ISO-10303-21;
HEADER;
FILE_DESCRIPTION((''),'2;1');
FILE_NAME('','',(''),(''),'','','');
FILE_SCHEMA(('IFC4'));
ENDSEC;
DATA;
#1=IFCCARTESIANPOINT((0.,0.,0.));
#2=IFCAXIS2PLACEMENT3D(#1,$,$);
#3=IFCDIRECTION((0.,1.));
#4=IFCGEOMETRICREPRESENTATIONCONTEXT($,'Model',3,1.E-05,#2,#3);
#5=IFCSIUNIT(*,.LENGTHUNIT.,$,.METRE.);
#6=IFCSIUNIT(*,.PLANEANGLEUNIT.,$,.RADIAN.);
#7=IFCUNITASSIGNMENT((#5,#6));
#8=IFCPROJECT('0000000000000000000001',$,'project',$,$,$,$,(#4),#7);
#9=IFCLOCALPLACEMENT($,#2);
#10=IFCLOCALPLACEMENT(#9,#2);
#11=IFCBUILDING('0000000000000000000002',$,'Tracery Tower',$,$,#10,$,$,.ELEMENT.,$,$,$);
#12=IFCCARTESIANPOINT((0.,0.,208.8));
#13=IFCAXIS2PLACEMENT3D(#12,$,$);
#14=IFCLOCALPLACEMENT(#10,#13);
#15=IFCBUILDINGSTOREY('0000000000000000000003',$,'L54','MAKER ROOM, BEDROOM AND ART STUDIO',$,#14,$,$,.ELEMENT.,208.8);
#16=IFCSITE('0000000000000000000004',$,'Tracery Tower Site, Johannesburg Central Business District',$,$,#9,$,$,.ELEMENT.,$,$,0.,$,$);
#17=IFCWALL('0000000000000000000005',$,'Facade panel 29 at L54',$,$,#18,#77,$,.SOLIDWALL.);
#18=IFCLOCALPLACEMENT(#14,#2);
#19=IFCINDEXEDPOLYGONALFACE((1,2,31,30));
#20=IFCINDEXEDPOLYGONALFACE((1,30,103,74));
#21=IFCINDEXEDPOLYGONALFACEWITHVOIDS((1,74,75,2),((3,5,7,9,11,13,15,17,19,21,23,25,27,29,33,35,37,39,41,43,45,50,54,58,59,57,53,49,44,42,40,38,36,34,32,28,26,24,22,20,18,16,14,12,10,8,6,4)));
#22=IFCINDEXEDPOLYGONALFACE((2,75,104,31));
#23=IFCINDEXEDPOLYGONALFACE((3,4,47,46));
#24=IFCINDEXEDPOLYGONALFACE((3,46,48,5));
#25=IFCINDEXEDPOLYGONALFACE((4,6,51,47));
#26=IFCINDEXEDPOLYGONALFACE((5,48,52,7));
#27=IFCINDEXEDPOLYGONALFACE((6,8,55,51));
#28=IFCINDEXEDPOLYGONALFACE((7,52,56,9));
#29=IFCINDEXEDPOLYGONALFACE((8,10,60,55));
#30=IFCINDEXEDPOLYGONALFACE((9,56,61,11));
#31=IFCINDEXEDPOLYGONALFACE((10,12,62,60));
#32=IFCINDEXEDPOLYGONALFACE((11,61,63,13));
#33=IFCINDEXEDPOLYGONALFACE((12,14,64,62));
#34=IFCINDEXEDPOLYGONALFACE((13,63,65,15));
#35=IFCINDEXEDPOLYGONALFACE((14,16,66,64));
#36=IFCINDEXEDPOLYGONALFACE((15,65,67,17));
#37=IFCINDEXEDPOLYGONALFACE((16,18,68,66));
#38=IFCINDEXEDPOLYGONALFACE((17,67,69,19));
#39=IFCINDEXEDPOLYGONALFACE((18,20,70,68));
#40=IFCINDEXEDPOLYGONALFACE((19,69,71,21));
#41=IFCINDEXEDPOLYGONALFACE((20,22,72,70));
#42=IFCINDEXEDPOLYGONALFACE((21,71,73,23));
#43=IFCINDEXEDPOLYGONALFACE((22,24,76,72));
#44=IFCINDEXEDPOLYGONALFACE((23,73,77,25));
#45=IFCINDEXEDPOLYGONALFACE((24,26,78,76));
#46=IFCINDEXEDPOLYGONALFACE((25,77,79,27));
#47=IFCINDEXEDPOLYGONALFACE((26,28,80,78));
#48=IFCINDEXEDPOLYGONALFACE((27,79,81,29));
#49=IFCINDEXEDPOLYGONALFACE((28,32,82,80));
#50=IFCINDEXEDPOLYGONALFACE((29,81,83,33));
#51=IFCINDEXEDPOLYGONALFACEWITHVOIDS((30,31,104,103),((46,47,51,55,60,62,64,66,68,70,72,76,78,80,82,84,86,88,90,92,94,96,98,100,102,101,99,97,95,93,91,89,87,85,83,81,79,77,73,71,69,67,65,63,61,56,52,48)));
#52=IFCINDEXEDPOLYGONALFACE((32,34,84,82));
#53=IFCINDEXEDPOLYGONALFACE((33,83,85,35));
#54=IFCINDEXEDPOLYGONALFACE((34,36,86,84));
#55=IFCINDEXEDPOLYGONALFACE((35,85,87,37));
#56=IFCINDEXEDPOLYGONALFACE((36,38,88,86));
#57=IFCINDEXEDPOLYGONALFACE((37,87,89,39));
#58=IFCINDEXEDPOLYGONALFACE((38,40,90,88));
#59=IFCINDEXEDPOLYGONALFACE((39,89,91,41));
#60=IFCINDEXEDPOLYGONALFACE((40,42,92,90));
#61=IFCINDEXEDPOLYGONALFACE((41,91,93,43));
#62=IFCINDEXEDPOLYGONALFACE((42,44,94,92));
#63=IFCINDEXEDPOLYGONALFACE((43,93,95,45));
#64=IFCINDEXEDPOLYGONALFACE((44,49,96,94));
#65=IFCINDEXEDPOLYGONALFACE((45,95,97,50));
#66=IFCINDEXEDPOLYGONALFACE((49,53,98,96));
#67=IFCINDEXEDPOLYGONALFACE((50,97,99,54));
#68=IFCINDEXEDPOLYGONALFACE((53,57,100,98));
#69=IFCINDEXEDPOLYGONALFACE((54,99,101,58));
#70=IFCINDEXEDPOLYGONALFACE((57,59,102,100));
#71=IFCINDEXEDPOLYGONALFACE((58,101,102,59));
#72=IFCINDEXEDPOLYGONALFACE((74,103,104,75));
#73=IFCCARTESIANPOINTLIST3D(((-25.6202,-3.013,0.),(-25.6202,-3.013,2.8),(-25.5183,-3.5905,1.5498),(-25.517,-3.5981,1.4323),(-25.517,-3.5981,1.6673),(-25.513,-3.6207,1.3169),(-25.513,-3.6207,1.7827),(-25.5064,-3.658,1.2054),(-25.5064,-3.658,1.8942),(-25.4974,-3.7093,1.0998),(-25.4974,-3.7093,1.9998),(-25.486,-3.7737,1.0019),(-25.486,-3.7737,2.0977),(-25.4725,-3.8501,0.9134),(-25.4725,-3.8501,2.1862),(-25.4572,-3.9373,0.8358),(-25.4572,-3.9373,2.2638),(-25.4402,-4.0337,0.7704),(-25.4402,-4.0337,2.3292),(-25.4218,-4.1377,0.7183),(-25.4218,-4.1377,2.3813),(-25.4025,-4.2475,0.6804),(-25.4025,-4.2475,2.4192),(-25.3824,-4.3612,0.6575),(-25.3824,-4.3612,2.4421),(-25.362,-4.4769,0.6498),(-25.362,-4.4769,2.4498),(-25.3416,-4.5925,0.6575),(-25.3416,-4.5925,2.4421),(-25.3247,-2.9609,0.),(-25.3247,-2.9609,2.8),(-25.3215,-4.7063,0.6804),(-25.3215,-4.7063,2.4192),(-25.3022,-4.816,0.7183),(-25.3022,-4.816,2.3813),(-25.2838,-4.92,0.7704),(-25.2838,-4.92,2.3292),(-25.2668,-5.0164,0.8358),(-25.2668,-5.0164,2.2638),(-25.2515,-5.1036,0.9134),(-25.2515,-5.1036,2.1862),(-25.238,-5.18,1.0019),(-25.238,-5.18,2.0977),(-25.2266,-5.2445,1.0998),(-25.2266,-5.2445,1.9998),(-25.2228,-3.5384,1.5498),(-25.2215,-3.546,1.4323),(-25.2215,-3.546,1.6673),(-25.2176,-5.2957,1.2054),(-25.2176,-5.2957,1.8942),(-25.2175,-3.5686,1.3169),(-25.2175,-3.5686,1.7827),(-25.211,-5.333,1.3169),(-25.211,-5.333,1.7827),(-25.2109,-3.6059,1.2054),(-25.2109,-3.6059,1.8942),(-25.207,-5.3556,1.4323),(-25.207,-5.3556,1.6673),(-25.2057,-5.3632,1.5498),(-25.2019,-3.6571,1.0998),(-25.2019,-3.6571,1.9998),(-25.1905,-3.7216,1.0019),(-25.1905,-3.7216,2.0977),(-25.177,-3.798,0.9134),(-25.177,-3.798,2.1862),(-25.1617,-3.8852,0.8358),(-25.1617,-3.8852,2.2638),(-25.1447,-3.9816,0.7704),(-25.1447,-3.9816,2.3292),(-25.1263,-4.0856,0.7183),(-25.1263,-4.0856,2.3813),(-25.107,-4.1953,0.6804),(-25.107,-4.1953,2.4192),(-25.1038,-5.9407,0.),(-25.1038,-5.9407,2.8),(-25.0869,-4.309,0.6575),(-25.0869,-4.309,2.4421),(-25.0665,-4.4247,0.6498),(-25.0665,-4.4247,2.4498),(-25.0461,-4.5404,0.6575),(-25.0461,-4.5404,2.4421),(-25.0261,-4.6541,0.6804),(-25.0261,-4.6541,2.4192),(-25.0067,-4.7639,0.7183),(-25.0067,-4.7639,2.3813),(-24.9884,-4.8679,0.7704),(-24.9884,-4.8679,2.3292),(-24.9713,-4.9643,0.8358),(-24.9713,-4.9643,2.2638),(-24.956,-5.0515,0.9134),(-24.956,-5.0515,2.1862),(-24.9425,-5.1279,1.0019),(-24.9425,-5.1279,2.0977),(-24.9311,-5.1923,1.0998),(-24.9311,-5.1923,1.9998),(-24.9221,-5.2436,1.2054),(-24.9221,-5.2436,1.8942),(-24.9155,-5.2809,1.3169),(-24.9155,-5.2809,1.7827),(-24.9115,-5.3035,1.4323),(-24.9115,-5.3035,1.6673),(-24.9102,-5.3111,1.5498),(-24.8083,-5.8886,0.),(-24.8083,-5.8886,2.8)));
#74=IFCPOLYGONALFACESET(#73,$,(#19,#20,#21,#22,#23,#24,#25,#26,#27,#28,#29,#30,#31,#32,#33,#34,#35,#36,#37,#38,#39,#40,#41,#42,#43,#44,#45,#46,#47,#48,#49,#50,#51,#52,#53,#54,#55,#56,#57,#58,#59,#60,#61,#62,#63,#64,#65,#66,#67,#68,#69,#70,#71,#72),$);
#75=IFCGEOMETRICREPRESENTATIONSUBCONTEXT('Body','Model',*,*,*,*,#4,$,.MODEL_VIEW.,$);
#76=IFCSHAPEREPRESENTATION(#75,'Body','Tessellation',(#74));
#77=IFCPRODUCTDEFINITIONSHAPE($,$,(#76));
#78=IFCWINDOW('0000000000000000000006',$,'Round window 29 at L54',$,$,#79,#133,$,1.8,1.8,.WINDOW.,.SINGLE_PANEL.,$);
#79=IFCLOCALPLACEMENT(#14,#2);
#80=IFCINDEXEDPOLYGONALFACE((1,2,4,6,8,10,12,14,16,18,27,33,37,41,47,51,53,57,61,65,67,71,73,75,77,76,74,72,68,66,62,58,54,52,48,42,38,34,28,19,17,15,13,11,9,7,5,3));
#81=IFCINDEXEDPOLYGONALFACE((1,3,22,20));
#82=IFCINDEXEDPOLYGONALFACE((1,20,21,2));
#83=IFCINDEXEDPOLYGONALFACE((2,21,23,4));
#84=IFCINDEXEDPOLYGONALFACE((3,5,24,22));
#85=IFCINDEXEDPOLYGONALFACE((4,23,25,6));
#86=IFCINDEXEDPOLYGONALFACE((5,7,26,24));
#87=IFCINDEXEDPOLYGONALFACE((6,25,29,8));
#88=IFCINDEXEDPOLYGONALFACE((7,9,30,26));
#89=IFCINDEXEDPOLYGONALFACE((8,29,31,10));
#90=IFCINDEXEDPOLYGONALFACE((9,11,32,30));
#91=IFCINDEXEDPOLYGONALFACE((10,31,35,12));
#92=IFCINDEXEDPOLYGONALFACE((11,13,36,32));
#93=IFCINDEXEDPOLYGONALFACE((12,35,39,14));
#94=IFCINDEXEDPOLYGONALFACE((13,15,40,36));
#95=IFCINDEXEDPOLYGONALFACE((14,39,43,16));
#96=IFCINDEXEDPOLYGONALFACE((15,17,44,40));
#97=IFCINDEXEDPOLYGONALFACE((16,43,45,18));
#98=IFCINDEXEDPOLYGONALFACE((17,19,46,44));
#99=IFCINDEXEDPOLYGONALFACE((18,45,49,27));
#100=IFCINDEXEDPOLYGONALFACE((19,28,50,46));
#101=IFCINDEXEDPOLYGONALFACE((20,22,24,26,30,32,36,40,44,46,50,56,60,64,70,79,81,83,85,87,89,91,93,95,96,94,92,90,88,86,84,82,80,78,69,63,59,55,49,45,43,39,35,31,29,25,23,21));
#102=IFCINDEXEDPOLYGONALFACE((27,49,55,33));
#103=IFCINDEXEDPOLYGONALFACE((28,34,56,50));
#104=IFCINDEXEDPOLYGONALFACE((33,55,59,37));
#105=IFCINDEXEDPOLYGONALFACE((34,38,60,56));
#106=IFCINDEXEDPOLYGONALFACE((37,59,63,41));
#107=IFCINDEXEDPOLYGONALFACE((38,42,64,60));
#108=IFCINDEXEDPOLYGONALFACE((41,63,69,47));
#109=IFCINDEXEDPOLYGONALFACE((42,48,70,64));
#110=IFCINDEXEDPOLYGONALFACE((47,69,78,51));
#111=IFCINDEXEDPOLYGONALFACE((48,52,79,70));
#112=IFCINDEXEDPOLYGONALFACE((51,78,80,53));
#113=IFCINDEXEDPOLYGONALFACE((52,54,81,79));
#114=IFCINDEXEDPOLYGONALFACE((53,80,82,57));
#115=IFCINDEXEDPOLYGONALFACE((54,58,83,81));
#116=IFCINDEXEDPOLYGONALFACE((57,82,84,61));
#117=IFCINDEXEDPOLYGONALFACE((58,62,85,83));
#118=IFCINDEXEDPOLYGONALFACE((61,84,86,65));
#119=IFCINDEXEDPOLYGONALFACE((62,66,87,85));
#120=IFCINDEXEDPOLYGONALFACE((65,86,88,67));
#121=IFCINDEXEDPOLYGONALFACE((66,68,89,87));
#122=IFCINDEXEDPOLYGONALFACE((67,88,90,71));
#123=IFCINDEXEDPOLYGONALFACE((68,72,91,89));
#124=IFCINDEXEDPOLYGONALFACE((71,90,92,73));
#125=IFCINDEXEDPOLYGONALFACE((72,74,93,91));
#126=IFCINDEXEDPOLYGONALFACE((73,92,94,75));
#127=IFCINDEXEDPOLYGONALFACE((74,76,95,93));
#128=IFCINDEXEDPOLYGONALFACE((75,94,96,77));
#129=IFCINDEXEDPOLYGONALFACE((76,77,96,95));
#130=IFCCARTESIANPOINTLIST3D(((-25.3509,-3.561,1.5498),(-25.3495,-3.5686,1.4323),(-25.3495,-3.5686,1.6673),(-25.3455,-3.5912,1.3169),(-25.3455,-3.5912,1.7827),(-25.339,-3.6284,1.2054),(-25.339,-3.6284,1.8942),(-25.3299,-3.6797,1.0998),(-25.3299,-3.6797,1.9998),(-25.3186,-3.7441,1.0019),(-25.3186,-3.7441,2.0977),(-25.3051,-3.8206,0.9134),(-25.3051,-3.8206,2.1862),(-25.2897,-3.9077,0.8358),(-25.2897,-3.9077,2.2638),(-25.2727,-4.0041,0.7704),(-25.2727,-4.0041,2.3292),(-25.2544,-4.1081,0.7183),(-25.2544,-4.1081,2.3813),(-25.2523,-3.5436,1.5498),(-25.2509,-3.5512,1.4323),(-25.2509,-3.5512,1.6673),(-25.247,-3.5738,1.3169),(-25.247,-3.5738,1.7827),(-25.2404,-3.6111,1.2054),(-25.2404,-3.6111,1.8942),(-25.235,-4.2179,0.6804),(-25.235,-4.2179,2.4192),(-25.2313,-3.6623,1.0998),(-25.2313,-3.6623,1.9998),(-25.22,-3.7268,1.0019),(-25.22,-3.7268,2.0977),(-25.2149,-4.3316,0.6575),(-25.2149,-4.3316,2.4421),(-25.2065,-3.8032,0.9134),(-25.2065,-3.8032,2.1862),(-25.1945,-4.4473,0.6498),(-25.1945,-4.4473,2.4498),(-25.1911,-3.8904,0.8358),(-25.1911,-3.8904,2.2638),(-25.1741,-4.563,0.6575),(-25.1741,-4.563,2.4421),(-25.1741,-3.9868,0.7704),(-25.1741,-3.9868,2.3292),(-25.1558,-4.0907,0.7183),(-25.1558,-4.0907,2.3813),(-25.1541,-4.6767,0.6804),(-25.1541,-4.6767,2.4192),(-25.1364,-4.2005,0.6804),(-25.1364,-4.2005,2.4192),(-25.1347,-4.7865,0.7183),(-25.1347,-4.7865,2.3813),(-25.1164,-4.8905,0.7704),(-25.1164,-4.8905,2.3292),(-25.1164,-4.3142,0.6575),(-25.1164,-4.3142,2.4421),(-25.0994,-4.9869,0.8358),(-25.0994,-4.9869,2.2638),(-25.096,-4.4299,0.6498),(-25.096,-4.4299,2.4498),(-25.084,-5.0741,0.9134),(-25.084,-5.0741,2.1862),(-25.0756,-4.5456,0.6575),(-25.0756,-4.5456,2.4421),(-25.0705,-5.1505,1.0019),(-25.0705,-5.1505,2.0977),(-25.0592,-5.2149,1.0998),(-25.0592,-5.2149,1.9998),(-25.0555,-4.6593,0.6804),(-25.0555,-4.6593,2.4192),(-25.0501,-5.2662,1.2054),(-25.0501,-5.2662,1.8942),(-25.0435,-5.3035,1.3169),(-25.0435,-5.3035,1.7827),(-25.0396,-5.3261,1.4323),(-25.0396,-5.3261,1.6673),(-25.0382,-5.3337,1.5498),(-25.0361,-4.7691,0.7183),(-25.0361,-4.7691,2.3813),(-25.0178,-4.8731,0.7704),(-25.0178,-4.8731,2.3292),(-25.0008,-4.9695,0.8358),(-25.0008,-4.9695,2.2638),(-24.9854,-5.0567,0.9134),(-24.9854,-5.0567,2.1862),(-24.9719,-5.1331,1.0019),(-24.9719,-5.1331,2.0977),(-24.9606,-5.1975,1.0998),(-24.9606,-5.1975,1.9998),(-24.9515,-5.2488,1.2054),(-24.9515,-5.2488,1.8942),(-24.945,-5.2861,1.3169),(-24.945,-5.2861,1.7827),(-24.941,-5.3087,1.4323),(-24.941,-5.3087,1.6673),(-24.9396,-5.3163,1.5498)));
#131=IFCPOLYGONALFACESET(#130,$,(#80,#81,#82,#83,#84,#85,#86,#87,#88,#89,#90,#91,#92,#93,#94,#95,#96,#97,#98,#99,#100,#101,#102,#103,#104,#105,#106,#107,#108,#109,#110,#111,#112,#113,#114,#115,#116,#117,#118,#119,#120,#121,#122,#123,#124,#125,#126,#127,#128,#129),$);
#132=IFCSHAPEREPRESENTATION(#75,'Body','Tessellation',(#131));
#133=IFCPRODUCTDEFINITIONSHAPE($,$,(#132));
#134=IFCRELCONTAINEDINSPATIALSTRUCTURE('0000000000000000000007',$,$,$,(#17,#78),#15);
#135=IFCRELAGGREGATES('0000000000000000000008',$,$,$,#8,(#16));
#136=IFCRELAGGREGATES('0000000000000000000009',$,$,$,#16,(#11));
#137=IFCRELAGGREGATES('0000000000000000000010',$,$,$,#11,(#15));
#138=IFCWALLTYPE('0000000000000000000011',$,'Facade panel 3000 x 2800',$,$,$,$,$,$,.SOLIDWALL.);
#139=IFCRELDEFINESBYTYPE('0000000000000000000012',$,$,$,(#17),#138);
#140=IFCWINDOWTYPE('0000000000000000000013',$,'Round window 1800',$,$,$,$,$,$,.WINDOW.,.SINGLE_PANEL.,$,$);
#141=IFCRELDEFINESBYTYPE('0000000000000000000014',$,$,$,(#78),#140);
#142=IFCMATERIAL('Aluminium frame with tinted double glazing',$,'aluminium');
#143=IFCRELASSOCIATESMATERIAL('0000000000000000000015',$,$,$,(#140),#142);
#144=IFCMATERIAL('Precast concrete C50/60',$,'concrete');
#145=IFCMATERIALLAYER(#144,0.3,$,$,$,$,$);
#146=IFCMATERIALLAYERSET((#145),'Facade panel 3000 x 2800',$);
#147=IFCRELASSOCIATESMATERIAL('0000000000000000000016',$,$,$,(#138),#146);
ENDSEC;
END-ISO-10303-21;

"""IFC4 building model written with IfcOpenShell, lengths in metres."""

from ifc_helpers import new_model, si_unit, direction, frame, frame_2d, origin, origin_2d, place, context, subcontext, project, spatial, rectangle, circle, extrude, material, layer, layer_set, type_object, element, fill, save


model = new_model("IFC4")

# Units and contexts
model_context = context("Model", 3, precision=1e-05, world=origin(), true_north=direction((0.0, 1.0)))
body_context = subcontext(model_context, "Body", "Model", "MODEL_VIEW")
ifc_project = project(units=[si_unit("LENGTHUNIT", "METRE"), si_unit("PLANEANGLEUNIT", "RADIAN")], contexts=[model_context])

# Site, building, storey
site_placement = place(None, origin())
site = spatial("IfcSite", under=ifc_project, at=site_placement, Name="Tracery Tower Site, Johannesburg Central Business District", CompositionType="ELEMENT", RefElevation=0.0)
building_placement = place(site_placement, origin())
building = spatial("IfcBuilding", under=site, at=building_placement, Name="Tracery Tower", CompositionType="ELEMENT")
storey_placement = place(building_placement, frame((0.0, 0.0, 208.8)))
storey = spatial("IfcBuildingStorey", under=building, at=storey_placement, Name="L54", Description="MAKER ROOM, BEDROOM AND ART STUDIO", CompositionType="ELEMENT", Elevation=208.8)

# Wall, opening, window
ifc_material_1 = material(Name="Aluminium frame with tinted double glazing", Category="aluminium")
window_type = type_object("IfcWindowType", Name="Round window 1800", PartitioningType="SINGLE_PANEL", PredefinedType="WINDOW", material=ifc_material_1)
ifc_material_2 = material(Name="Precast concrete C50/60", Category="concrete")
ifc_layer_1 = layer(ifc_material_2, 0.3)
ifc_layer_set_1 = layer_set([ifc_layer_1], Name="Facade panel 3000 x 2800")
wall_type_1 = type_object("IfcWallType", Name="Facade panel 3000 x 2800", PredefinedType="SOLIDWALL", material=ifc_layer_set_1)
wall_1_placement = place(storey_placement, frame((-25.4724, -2.9871, 0.0), z_axis=(0.0, 0.0, 1.0), x_axis=(0.173687, -0.984801, 0.0)))
wall_1 = element("IfcWall", 1, at=wall_1_placement, inside=storey, type_object=wall_type_1, Name="Facade panel 29 at L54", PredefinedType="SOLIDWALL", context=body_context, shape_type="SweptSolid", body=[
    extrude(rectangle(XDim=2.9729, YDim=0.3, at=frame_2d((1.4863, 0.0))), origin(), (0.0, 0.0, 1.0), 2.8),
])
opening_1_placement = place(wall_1_placement, frame((1.4863, 0.0, 1.5498)))
opening_1 = element("IfcOpeningElement", 2, at=opening_1_placement, cuts=wall_1, PredefinedType="OPENING", context=body_context, shape_type="SweptSolid", body=[
    extrude(circle(Radius=0.9, at=origin_2d()), frame((0.0, 0.1599, 0.0), z_axis=(0.0, -1.0, 0.0), x_axis=(1.0, 0.0, 0.0)), (0.0, 0.0, 1.0), 0.3201),
])
window_1_placement = place(opening_1_placement, origin())
window_1 = element("IfcWindow", 3, at=window_1_placement, inside=storey, type_object=window_type, Name="Round window 29 at L54", OverallHeight=1.8, OverallWidth=1.8, PartitioningType="SINGLE_PANEL", PredefinedType="WINDOW", context=body_context, shape_type="SweptSolid", body=[
    extrude(circle(Radius=0.9, at=origin_2d()), frame((0.0, 0.1201, 0.0), z_axis=(0.0, -1.0, 0.0), x_axis=(1.0, 0.0, 0.0)), (0.0, 0.0, 1.0), 0.1001),
])
fill(opening_1, window_1)

save(model, "model.ifc")
